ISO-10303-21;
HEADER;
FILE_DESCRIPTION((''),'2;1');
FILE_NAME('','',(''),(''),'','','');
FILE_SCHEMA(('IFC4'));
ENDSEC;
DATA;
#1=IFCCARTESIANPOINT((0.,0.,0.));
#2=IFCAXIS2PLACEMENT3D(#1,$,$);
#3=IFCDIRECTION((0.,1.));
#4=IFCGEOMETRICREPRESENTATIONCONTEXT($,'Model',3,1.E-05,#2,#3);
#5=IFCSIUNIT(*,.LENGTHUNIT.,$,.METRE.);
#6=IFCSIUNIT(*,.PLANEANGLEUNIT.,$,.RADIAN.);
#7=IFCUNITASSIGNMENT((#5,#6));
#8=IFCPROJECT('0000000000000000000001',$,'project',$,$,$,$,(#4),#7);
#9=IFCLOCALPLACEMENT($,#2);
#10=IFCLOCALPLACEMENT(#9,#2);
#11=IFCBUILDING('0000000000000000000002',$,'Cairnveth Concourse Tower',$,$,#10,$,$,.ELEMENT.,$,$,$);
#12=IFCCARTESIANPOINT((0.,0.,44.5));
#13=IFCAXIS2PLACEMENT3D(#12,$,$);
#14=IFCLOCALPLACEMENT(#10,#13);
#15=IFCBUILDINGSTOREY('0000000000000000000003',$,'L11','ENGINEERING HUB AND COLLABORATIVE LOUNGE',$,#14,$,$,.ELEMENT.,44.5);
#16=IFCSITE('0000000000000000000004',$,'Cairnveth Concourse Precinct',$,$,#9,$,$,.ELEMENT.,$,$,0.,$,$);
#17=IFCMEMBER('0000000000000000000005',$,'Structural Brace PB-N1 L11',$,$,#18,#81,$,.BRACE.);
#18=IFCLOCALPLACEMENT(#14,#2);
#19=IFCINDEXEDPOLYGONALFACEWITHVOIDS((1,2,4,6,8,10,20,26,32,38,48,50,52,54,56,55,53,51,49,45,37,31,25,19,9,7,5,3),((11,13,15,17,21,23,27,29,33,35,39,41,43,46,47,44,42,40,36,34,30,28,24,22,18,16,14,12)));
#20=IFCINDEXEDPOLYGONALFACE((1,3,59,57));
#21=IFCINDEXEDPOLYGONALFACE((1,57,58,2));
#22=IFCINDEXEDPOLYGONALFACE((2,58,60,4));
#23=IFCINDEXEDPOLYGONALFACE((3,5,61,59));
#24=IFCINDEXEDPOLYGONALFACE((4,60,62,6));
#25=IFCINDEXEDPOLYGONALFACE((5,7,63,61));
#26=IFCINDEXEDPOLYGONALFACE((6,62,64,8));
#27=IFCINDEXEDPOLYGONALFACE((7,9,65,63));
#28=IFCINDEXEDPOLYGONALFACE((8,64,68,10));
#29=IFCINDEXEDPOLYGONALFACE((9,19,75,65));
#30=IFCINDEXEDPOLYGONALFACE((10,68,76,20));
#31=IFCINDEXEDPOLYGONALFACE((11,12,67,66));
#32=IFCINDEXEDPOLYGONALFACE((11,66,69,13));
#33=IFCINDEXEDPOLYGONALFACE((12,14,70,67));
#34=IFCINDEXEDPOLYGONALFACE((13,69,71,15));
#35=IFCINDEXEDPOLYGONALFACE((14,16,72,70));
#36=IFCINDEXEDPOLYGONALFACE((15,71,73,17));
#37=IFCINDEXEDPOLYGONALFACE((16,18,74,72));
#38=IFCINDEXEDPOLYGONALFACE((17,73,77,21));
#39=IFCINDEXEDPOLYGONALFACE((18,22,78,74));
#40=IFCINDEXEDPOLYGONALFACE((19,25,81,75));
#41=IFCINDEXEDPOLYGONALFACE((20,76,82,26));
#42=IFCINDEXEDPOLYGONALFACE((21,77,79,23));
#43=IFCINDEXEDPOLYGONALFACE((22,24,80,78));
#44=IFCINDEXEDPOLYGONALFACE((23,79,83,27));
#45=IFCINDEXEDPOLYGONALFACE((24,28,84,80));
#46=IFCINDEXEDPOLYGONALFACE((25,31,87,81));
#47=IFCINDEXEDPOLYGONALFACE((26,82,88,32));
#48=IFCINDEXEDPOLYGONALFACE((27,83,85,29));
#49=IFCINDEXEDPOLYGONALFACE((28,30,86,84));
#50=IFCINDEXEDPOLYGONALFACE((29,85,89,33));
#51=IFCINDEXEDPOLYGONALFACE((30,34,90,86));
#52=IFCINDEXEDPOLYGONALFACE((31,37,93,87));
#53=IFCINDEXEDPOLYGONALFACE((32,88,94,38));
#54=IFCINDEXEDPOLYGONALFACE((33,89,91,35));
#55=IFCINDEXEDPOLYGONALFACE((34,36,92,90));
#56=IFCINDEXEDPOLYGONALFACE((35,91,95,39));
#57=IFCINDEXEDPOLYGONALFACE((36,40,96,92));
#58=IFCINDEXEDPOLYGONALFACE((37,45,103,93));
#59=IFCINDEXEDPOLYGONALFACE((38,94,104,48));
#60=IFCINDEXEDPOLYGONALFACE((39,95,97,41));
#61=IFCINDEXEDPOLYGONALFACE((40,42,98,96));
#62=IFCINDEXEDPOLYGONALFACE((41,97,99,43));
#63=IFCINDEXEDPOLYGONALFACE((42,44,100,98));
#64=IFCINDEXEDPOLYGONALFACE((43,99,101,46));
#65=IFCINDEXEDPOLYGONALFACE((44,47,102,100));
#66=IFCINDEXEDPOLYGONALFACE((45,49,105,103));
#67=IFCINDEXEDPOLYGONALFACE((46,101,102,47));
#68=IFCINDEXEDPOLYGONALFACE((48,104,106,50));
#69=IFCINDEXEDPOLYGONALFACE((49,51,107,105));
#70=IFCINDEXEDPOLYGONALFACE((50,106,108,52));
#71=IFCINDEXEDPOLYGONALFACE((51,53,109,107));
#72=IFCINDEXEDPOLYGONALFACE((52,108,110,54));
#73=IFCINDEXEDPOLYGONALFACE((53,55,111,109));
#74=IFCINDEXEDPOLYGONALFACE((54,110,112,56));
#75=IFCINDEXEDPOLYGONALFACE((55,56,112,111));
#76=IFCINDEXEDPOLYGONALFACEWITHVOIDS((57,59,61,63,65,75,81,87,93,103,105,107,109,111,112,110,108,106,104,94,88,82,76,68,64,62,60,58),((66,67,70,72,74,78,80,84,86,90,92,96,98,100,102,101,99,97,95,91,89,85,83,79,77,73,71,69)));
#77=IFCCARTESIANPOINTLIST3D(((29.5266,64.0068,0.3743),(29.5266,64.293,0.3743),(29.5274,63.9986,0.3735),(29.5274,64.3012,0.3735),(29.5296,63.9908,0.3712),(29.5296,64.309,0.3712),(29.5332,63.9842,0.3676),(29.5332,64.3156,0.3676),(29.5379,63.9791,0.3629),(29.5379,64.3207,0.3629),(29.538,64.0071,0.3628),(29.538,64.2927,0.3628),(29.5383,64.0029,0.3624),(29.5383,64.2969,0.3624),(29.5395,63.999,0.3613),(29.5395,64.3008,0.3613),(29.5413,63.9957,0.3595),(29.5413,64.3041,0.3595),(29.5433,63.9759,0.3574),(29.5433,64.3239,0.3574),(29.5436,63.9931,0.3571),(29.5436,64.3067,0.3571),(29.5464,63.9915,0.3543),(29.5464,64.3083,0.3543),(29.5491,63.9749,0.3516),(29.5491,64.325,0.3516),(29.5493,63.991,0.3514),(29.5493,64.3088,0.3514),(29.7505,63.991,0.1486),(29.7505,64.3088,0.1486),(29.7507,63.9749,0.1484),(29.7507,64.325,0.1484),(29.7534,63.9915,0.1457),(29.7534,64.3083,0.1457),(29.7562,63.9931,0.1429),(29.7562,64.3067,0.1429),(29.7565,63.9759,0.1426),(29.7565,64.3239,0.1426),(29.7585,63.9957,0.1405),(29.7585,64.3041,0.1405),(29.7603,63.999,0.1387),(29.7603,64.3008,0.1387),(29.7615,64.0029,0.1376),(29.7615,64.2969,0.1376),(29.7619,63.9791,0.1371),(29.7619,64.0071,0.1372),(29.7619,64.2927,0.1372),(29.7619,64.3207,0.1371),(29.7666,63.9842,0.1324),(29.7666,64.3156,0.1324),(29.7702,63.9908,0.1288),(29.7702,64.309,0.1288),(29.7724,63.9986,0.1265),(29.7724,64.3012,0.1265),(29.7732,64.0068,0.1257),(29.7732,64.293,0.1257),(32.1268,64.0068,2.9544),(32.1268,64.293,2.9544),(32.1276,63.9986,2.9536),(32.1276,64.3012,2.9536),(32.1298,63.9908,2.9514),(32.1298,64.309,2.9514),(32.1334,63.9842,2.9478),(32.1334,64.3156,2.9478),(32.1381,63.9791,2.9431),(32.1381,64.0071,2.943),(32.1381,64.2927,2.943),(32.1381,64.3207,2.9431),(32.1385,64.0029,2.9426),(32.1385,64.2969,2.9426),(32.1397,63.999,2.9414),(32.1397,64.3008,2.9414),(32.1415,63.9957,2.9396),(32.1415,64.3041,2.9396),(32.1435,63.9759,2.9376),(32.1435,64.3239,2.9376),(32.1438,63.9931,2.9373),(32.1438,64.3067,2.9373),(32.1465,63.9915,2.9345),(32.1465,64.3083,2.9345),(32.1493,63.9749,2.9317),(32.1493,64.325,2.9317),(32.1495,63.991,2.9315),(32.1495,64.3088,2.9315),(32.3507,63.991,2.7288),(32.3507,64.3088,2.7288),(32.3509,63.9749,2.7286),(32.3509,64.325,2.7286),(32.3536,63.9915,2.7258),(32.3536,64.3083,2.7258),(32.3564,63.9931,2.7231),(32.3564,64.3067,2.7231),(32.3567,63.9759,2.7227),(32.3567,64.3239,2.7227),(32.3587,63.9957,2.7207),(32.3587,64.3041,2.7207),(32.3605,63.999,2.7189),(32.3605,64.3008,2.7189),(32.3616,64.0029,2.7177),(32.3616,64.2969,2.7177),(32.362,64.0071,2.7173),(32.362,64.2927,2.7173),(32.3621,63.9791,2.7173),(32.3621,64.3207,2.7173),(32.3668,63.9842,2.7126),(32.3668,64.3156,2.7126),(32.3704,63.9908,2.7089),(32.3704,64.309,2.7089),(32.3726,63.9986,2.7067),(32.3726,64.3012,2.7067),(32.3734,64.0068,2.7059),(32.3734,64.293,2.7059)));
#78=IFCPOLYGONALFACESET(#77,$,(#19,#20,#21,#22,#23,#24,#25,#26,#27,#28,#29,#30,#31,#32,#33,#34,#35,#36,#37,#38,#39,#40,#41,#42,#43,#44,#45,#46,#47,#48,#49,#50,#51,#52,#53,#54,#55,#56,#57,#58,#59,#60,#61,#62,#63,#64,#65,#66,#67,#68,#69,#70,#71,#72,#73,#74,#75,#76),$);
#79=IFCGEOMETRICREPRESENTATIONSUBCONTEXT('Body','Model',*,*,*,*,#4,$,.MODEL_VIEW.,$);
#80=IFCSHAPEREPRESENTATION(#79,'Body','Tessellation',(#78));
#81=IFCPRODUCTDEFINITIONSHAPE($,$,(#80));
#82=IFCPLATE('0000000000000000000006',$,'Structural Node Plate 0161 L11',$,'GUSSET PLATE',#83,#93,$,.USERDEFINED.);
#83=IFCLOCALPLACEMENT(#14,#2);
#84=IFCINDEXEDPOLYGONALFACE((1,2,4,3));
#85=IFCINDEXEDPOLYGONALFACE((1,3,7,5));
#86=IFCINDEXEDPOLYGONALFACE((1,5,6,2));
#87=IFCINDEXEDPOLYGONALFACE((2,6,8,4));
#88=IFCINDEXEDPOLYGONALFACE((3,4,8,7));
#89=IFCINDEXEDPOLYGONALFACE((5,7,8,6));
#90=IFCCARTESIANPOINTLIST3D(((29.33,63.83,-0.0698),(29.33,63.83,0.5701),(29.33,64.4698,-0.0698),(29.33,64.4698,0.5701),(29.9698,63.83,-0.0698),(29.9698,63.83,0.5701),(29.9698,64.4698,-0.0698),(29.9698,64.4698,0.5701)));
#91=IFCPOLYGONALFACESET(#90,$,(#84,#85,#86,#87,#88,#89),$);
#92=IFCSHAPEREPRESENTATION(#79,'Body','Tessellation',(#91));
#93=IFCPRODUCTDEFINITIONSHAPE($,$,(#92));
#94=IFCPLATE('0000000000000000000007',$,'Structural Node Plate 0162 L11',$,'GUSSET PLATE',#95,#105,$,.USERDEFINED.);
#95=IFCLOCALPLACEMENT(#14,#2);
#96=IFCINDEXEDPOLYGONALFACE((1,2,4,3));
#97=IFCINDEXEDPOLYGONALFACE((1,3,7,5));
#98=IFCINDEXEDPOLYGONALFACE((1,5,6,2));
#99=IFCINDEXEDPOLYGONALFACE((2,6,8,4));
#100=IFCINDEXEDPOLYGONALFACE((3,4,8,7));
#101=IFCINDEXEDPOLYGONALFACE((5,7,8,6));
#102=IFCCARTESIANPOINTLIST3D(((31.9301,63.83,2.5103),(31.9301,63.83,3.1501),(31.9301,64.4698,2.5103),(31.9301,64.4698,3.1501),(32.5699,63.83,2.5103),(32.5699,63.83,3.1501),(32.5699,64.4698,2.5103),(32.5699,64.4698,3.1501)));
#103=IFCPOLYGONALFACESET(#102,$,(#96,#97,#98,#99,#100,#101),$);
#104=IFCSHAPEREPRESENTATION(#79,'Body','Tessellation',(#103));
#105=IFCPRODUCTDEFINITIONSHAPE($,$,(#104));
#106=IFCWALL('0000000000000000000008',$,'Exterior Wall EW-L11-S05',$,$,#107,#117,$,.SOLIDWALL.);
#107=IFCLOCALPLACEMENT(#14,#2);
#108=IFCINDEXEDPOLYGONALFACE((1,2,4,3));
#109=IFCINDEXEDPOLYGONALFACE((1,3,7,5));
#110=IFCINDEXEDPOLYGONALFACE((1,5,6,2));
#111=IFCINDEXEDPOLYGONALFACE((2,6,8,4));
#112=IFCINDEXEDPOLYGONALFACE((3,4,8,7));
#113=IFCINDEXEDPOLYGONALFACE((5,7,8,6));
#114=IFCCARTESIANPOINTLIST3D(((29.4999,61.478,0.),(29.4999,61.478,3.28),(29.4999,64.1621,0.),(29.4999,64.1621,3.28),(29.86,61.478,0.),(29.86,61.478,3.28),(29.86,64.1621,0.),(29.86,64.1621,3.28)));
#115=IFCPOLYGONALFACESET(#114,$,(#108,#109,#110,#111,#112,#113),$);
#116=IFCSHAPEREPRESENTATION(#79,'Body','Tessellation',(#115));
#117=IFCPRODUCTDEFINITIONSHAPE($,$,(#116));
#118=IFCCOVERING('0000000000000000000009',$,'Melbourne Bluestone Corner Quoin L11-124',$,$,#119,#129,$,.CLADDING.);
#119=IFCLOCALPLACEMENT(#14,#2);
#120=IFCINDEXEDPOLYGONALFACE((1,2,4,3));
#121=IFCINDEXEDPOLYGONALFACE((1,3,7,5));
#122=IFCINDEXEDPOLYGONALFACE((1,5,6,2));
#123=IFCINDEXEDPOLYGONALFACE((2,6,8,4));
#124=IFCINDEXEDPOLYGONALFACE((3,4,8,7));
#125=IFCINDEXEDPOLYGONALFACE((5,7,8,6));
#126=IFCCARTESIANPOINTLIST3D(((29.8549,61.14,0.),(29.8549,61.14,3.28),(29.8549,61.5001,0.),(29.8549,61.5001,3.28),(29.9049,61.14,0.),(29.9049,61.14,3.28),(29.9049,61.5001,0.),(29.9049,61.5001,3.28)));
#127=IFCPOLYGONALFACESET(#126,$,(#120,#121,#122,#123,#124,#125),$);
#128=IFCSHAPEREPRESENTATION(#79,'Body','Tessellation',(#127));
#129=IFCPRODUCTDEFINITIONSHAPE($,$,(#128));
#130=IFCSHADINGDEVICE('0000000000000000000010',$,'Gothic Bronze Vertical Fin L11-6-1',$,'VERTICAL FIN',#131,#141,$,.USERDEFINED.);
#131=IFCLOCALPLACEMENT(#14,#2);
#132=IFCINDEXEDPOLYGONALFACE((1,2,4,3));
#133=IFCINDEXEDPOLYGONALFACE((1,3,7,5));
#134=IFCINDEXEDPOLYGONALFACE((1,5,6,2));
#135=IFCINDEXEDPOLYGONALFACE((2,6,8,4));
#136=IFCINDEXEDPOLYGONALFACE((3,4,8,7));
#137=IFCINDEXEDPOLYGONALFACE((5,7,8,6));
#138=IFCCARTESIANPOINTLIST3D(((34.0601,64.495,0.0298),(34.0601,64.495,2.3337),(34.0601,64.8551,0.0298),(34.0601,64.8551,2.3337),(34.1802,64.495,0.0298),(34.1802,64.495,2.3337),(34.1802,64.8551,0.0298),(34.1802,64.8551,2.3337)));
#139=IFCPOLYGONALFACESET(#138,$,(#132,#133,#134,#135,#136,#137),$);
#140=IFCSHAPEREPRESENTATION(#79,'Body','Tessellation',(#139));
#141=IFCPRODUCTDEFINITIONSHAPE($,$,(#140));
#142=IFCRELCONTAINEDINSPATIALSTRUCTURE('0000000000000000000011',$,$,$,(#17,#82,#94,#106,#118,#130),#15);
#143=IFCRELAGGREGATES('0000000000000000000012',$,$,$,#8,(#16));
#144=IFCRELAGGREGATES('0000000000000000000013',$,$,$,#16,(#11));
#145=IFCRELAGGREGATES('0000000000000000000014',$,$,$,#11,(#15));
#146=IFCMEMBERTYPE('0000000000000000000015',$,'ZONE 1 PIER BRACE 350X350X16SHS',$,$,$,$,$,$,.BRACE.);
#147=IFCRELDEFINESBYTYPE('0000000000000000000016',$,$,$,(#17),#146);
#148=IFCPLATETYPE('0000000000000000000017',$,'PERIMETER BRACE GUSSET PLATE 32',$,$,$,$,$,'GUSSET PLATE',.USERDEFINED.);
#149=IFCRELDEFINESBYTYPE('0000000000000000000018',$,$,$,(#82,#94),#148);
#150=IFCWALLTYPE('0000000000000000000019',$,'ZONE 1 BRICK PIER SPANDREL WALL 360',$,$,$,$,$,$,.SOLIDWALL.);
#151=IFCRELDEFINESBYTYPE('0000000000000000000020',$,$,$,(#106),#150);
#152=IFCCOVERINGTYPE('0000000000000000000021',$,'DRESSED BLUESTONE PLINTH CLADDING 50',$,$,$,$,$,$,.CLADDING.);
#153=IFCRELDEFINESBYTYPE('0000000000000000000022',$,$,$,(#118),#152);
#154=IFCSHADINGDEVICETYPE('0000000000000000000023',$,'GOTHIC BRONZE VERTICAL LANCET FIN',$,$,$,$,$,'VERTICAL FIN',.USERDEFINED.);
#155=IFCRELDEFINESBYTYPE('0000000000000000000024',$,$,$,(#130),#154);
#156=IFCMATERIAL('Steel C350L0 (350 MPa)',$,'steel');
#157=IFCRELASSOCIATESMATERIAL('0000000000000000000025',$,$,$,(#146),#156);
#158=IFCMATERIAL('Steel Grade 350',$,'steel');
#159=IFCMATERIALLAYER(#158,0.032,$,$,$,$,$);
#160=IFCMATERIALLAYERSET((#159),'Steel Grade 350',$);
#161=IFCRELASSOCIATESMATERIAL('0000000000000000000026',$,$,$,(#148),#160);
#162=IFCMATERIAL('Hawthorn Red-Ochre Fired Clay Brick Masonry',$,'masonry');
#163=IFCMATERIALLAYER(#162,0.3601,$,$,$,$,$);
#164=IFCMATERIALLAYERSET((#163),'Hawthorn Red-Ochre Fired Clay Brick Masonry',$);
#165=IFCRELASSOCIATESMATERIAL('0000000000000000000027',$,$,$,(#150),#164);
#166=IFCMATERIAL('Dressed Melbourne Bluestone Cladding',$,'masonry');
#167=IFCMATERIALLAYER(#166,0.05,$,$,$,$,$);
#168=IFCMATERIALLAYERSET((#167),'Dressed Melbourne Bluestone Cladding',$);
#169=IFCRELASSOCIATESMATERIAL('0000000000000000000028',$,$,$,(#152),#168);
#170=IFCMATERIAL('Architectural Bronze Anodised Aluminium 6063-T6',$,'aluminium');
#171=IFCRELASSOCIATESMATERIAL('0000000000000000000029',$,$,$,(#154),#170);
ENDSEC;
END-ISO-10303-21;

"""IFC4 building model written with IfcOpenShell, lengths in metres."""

from ifc_helpers import new_model, si_unit, direction, frame, frame_2d, origin, origin_2d, place, context, subcontext, project, spatial, rectangle, hollow_rectangle, extrude, material, layer, layer_set, material_profile, profile_set, type_object, element, save


model = new_model("IFC4")

# Units and contexts
model_context = context("Model", 3, precision=1e-05, world=origin(), true_north=direction((0.0, 1.0)))
body_context = subcontext(model_context, "Body", "Model", "MODEL_VIEW")
ifc_project = project(units=[si_unit("LENGTHUNIT", "METRE"), si_unit("PLANEANGLEUNIT", "RADIAN")], contexts=[model_context])

# Site, building, storey
site_placement = place(None, origin())
site = spatial("IfcSite", under=ifc_project, at=site_placement, Name="Cairnveth Concourse Precinct", CompositionType="ELEMENT", RefElevation=0.0)
building_placement = place(site_placement, origin())
building = spatial("IfcBuilding", under=site, at=building_placement, Name="Cairnveth Concourse Tower", CompositionType="ELEMENT")
storey_placement = place(building_placement, frame((0.0, 0.0, 44.5)))
storey = spatial("IfcBuildingStorey", under=building, at=storey_placement, Name="L11", Description="ENGINEERING HUB AND COLLABORATIVE LOUNGE", CompositionType="ELEMENT", Elevation=44.5)

# Member
ifc_material_1 = material(Name="Steel C350L0 (350 MPa)", Category="steel")
ifc_material_profile = material_profile(ifc_material_1, hollow_rectangle(XDim=0.3501, YDim=0.3501, WallThickness=0.0161, InnerFilletRadius=0.0161, OuterFilletRadius=0.032, at=origin_2d()), Name="350x350x16.0SHS")
ifc_profile_set = profile_set([ifc_material_profile], Name="Steel C350L0 (350 MPa)")
member_type = type_object("IfcMemberType", Name="ZONE 1 PIER BRACE 350X350X16SHS", PredefinedType="BRACE", material=ifc_profile_set)
member_placement = place(storey_placement, frame((29.6499, 64.1499, 0.25), z_axis=(0.709834, 0.0, 0.704369), x_axis=(0.0, 1.0, 0.0)))
element("IfcMember", 1, at=member_placement, inside=storey, type_object=member_type, Name="Structural Brace PB-N1 L11", PredefinedType="BRACE", context=body_context, shape_type="SweptSolid", body=[
    extrude(hollow_rectangle(XDim=0.3501, YDim=0.3501, WallThickness=0.0161, InnerFilletRadius=0.0161, OuterFilletRadius=0.032, at=origin_2d()), origin(), (0.0, 0.0, 1.0), 3.6631),
])

# Plates
ifc_material_2 = material(Name="Steel Grade 350", Category="steel")
ifc_layer_1 = layer(ifc_material_2, 0.032)
ifc_layer_set_1 = layer_set([ifc_layer_1], Name="Steel Grade 350")
plate_type = type_object("IfcPlateType", Name="PERIMETER BRACE GUSSET PLATE 32", ElementType="GUSSET PLATE", PredefinedType="USERDEFINED", material=ifc_layer_set_1)
for number, where, z_axis, x_axis, name in (
    (2, (29.6499, 64.1499, -0.0698), (0.0, 0.0, 1.0), (1.0, 0.0, 0.0), "Structural Node Plate 0161 L11"),
    (3, (32.25, 64.1499, 2.5103), (0.0, 0.0, 1.0), (1.0, 0.0, 0.0), "Structural Node Plate 0162 L11"),
):
    element("IfcPlate", number, at=place(storey_placement, frame(where, z_axis=z_axis, x_axis=x_axis)), inside=storey, type_object=plate_type, Name=name, ObjectType="GUSSET PLATE", PredefinedType="USERDEFINED", context=body_context, shape_type="SweptSolid", body=[
        extrude(rectangle(XDim=0.6399, YDim=0.6399, at=origin_2d()), origin(), (0.0, 0.0, 1.0), 0.6399),
    ])

# Wall
ifc_material_3 = material(Name="Hawthorn Red-Ochre Fired Clay Brick Masonry", Category="masonry")
ifc_layer_2 = layer(ifc_material_3, 0.3601)
ifc_layer_set_2 = layer_set([ifc_layer_2], Name="Hawthorn Red-Ochre Fired Clay Brick Masonry")
wall_type = type_object("IfcWallType", Name="ZONE 1 BRICK PIER SPANDREL WALL 360", PredefinedType="SOLIDWALL", material=ifc_layer_set_2)
wall_1_placement = place(storey_placement, frame((29.6799, 61.478, 0.0), z_axis=(0.0, 0.0, 1.0), x_axis=(0.0, 1.0, 0.0)))
element("IfcWall", 4, at=wall_1_placement, inside=storey, type_object=wall_type, Name="Exterior Wall EW-L11-S05", PredefinedType="SOLIDWALL", context=body_context, shape_type="SweptSolid", body=[
    extrude(rectangle(XDim=2.6841, YDim=0.3601, at=frame_2d((1.342, 0.0))), origin(), (0.0, 0.0, 1.0), 3.28),
])

# Covering
ifc_material_4 = material(Name="Dressed Melbourne Bluestone Cladding", Category="masonry")
ifc_layer_3 = layer(ifc_material_4, 0.05)
ifc_layer_set_3 = layer_set([ifc_layer_3], Name="Dressed Melbourne Bluestone Cladding")
covering_type = type_object("IfcCoveringType", Name="DRESSED BLUESTONE PLINTH CLADDING 50", PredefinedType="CLADDING", material=ifc_layer_set_3)
covering_placement = place(storey_placement, frame((29.8799, 61.1399, 0.0), z_axis=(0.0, 0.0, 1.0), x_axis=(0.0, 1.0, 0.0)))
element("IfcCovering", 5, at=covering_placement, inside=storey, type_object=covering_type, Name="Melbourne Bluestone Corner Quoin L11-124", PredefinedType="CLADDING", context=body_context, shape_type="SweptSolid", body=[
    extrude(rectangle(XDim=0.3601, YDim=0.05, at=frame_2d((0.1802, 0.0))), origin(), (0.0, 0.0, 1.0), 3.28),
])

# Shading device
ifc_material_5 = material(Name="Architectural Bronze Anodised Aluminium 6063-T6", Category="aluminium")
shading_device_type = type_object("IfcShadingDeviceType", Name="GOTHIC BRONZE VERTICAL LANCET FIN", ElementType="VERTICAL FIN", PredefinedType="USERDEFINED", material=ifc_material_5)
shading_device_placement = place(storey_placement, frame((34.1201, 64.675, 0.0298), z_axis=(0.0, 0.0, 1.0), x_axis=(1.0, 0.0, 0.0)))
element("IfcShadingDevice", 6, at=shading_device_placement, inside=storey, type_object=shading_device_type, Name="Gothic Bronze Vertical Fin L11-6-1", ObjectType="VERTICAL FIN", PredefinedType="USERDEFINED", context=body_context, shape_type="SweptSolid", body=[
    extrude(rectangle(XDim=0.1201, YDim=0.3601, at=origin_2d()), origin(), (0.0, 0.0, 1.0), 2.304),
])

save(model, "model.ifc")
